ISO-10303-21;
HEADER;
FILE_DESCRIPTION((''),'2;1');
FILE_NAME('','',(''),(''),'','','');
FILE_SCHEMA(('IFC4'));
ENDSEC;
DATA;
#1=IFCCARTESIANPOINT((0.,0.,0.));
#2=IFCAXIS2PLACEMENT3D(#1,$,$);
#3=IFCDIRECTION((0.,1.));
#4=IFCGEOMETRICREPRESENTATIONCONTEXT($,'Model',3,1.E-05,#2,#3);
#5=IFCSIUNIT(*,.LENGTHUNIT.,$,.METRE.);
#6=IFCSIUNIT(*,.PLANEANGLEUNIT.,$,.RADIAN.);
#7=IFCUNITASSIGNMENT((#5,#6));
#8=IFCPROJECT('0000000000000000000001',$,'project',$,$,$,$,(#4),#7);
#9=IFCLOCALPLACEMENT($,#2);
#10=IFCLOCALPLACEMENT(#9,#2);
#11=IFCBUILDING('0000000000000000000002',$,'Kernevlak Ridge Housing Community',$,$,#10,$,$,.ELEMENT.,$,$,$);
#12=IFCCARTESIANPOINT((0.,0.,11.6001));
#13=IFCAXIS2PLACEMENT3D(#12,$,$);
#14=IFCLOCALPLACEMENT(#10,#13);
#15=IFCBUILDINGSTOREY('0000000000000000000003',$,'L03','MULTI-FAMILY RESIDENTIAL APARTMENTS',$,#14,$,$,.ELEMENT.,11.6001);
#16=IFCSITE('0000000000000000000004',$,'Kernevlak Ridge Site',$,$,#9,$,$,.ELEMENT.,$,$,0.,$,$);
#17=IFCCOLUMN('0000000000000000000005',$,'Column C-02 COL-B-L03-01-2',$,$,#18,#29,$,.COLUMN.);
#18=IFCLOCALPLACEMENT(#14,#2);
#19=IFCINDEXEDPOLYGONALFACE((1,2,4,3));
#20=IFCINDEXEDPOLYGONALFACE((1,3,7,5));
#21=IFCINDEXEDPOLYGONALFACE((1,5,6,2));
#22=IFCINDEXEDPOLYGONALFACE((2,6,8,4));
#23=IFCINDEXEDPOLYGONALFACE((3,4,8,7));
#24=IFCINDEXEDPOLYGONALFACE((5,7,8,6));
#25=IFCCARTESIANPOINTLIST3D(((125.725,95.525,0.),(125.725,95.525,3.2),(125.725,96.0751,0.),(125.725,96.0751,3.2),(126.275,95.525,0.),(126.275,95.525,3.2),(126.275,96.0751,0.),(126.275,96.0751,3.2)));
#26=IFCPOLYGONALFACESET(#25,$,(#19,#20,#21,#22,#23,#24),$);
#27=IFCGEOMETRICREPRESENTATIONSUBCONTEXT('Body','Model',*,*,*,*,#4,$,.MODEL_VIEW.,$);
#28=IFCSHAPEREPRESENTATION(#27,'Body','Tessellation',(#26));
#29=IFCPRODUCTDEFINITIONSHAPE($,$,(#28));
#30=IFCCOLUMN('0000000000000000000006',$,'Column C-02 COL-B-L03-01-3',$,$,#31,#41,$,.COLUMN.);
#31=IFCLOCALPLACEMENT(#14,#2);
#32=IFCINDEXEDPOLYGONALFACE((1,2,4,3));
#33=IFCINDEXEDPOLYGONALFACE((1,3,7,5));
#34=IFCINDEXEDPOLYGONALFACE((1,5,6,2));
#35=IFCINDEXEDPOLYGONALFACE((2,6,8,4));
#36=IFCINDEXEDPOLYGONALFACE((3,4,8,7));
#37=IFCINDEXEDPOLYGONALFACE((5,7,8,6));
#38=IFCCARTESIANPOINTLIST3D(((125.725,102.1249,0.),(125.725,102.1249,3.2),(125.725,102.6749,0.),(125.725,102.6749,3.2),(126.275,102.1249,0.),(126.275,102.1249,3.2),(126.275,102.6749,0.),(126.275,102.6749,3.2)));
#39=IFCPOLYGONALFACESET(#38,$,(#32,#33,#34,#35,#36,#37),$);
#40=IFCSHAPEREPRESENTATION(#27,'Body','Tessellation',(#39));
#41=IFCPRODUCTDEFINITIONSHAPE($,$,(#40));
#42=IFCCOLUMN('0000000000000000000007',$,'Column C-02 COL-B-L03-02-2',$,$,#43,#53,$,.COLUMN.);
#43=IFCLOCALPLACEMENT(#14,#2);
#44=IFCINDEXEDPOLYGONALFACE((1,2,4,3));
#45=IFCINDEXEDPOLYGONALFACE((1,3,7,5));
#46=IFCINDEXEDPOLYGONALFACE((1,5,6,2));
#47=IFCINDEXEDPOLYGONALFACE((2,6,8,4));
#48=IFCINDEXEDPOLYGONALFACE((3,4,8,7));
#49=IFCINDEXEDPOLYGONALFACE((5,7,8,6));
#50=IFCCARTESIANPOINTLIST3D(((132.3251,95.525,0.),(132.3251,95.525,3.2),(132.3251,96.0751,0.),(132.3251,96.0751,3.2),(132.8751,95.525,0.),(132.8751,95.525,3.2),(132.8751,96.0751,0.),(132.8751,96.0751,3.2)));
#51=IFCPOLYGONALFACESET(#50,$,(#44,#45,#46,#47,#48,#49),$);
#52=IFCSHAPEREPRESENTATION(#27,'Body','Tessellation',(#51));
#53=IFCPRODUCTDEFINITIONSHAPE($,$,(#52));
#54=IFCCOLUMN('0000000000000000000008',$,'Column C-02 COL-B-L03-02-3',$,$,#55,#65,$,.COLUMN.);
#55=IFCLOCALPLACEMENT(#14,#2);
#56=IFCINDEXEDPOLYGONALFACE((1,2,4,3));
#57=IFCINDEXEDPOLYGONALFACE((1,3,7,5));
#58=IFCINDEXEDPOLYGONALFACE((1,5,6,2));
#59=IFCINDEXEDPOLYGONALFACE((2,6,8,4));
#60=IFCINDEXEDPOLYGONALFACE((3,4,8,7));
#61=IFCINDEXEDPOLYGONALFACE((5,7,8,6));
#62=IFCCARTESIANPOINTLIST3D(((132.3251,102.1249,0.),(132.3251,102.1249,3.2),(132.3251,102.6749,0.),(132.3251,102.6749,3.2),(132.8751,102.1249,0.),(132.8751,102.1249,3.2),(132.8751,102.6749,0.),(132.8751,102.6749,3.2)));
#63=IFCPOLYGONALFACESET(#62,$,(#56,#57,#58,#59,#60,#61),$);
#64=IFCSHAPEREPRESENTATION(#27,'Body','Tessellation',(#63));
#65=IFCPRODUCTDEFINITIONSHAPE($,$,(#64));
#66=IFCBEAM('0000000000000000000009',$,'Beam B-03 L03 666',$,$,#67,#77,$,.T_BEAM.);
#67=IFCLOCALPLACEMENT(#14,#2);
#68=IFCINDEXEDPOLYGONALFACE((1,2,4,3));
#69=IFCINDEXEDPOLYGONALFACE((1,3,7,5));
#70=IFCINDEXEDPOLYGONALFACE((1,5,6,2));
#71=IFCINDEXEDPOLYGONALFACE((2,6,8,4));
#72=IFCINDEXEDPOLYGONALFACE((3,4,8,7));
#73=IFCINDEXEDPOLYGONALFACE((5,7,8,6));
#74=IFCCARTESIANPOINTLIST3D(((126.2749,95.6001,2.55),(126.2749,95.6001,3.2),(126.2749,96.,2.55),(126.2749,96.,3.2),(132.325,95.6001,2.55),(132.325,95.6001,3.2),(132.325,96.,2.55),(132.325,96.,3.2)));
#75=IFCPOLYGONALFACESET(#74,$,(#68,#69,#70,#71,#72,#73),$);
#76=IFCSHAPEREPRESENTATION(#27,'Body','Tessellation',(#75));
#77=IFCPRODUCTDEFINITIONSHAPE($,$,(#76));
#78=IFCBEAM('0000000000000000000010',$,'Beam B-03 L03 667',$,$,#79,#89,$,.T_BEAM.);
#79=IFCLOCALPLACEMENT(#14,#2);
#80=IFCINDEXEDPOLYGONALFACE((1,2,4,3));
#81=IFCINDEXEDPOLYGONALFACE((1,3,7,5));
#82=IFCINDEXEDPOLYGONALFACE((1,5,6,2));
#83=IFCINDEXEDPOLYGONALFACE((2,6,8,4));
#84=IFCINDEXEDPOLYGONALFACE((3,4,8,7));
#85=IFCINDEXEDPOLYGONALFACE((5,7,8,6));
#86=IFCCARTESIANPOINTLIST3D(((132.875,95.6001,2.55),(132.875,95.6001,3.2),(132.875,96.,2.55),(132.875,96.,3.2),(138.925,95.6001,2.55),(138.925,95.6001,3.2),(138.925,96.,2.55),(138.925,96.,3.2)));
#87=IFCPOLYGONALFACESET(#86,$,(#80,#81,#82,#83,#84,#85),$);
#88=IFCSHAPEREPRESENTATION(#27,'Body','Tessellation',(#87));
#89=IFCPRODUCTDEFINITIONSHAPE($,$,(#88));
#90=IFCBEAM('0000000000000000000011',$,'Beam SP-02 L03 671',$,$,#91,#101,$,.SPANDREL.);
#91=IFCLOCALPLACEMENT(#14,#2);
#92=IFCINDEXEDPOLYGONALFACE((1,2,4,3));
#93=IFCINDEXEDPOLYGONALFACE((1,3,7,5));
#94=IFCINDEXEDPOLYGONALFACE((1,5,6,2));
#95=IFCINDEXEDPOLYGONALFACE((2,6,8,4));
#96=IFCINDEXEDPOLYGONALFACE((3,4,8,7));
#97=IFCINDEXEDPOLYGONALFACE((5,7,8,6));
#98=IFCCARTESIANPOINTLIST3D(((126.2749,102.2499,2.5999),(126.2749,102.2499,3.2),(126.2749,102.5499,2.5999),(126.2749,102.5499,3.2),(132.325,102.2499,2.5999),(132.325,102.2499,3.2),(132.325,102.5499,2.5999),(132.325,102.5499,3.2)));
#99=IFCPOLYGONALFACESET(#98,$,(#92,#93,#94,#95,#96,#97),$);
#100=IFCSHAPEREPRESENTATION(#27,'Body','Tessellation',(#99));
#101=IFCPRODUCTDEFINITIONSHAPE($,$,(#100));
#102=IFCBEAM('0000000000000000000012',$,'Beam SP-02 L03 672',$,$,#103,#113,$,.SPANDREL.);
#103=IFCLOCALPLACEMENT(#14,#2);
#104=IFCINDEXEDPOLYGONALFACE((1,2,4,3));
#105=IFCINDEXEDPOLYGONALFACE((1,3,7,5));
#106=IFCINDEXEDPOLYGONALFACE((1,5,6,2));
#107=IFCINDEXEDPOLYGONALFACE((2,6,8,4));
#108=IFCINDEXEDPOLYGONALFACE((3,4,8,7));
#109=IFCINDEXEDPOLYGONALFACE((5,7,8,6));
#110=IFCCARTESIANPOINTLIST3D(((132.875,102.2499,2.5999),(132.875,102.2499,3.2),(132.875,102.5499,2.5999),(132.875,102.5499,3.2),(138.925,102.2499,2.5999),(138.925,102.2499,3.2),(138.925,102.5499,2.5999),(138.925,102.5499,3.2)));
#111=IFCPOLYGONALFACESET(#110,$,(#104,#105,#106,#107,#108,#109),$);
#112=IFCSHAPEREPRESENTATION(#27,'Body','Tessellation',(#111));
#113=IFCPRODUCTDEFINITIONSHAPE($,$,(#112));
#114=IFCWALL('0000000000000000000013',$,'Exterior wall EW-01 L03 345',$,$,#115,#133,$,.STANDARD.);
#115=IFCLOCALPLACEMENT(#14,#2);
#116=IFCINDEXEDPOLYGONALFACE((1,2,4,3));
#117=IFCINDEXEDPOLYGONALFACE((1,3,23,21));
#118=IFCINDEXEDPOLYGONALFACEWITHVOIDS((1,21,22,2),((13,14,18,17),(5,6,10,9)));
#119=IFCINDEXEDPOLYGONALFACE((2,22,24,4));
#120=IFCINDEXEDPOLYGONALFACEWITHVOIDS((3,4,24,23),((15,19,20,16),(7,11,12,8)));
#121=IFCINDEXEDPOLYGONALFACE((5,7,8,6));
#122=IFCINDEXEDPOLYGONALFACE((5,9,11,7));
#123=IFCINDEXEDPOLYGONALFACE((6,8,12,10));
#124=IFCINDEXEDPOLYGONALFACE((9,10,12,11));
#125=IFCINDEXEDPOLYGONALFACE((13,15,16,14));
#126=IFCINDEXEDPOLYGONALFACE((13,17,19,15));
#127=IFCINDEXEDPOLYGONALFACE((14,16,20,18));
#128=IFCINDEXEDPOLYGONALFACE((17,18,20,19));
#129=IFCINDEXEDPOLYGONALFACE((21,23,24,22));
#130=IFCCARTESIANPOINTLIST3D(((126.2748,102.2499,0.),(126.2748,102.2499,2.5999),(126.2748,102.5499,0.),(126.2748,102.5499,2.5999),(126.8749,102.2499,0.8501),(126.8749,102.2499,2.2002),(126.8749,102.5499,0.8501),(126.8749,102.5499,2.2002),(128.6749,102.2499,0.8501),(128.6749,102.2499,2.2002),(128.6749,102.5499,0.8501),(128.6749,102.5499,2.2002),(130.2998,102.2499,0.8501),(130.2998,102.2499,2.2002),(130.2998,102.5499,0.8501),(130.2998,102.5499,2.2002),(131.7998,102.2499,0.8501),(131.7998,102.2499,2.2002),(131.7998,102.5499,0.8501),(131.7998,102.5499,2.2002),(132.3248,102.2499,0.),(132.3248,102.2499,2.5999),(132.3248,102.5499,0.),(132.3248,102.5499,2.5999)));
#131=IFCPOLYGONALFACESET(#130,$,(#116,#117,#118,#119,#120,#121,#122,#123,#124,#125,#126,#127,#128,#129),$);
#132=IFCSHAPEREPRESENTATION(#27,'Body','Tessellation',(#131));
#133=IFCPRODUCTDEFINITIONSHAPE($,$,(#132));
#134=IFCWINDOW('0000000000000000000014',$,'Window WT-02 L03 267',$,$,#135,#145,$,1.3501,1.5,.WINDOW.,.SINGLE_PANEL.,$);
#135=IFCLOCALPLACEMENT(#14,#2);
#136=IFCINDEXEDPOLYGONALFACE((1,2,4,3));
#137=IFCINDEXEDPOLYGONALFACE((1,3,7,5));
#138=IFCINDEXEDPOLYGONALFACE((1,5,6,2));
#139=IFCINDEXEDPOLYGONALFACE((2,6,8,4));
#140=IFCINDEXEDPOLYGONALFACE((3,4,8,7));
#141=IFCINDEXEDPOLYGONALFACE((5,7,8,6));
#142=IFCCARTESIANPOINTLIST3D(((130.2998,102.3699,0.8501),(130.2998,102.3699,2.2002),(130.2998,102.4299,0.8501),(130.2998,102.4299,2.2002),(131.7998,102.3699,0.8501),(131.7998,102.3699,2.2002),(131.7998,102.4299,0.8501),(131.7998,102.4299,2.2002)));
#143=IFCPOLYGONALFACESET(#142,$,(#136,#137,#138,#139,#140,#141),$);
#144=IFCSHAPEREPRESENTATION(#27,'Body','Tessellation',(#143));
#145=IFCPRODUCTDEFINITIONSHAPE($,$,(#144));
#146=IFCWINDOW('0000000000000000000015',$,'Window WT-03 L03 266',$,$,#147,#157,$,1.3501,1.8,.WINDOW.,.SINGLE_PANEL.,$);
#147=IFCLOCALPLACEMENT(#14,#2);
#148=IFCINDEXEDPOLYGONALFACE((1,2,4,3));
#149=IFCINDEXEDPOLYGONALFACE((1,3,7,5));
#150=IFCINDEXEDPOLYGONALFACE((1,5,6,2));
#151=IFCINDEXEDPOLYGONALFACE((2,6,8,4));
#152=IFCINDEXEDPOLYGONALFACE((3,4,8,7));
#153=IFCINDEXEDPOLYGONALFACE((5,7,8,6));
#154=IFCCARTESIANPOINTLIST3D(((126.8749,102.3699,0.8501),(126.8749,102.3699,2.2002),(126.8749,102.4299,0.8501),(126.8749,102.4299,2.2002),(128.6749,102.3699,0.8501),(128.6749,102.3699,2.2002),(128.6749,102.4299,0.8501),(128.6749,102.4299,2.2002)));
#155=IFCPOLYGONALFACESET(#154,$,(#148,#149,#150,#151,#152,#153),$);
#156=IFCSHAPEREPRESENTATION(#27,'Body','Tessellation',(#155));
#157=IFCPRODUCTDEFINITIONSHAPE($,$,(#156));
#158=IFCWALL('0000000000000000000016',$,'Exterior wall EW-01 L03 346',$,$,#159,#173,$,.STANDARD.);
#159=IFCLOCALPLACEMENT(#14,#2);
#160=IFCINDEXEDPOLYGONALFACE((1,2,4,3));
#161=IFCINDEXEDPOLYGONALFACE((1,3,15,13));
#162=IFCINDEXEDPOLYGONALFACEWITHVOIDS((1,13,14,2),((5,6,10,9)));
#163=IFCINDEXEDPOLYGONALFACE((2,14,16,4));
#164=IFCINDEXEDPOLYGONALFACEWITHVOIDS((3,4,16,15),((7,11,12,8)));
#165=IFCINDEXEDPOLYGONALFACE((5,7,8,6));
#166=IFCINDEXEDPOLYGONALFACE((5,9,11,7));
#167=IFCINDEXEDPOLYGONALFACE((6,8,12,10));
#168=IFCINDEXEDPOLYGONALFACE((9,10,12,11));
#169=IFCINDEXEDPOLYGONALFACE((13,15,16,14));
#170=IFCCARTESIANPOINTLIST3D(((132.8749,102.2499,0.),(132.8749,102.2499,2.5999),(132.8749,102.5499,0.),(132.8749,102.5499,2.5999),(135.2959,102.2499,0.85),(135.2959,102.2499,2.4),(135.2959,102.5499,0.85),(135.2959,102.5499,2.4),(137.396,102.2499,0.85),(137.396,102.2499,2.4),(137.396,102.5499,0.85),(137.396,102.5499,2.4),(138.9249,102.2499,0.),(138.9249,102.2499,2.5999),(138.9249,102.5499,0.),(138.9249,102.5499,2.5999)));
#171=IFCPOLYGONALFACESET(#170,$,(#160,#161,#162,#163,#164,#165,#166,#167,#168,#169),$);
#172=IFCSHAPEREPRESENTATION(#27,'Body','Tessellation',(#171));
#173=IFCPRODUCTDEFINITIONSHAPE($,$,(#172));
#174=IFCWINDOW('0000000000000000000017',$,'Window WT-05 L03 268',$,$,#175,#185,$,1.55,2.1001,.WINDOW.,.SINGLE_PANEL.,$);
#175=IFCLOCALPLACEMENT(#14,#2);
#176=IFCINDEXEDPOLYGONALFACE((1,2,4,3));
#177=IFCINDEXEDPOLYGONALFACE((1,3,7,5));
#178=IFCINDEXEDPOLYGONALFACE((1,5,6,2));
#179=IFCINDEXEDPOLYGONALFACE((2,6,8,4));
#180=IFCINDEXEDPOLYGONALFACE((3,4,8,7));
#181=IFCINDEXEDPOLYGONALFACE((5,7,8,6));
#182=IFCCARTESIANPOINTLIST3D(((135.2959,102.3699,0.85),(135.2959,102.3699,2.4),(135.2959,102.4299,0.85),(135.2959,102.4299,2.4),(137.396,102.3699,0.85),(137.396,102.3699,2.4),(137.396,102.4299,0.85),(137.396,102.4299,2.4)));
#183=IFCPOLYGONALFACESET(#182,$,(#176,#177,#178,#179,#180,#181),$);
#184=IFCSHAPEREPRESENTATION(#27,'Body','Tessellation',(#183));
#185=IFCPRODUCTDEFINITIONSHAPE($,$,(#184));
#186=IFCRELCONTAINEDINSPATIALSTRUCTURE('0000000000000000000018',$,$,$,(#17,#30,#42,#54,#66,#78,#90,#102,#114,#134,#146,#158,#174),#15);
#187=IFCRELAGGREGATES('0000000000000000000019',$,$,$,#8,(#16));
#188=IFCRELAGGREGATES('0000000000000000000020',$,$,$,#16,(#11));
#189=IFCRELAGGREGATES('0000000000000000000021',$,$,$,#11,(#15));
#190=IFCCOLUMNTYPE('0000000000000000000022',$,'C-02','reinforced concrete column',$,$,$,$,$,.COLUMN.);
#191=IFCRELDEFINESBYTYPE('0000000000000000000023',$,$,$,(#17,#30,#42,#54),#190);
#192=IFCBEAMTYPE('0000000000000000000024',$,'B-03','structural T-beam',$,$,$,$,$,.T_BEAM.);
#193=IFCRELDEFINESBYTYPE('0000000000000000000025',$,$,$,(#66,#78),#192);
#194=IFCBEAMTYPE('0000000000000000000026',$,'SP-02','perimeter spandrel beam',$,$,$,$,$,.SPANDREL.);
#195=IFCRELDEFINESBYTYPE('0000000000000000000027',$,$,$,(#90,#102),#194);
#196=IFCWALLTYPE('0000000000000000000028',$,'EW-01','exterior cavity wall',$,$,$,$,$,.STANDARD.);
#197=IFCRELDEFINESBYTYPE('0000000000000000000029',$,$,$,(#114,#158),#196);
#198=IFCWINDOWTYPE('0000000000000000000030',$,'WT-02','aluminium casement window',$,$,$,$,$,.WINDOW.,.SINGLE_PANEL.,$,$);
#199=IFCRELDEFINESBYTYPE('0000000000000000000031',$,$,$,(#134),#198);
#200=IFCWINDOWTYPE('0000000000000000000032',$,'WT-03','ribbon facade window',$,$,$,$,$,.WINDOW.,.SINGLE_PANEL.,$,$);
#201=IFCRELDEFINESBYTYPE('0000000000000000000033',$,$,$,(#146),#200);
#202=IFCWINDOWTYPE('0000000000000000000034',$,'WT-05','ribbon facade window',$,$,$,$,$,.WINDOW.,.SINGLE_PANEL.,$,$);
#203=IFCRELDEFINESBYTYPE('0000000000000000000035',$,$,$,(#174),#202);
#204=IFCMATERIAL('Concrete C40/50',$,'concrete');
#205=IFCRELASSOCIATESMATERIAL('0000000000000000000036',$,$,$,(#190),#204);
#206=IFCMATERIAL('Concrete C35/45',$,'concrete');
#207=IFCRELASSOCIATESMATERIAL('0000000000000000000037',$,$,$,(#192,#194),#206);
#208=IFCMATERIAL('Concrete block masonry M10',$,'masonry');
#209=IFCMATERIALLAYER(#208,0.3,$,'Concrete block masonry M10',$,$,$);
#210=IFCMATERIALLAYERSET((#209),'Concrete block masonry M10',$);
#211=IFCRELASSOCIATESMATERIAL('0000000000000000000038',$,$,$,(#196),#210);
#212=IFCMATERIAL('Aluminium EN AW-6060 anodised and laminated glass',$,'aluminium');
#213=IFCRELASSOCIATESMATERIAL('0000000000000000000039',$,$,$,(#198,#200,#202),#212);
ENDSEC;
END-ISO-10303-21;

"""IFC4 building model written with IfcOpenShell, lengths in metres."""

from ifc_helpers import new_model, si_unit, direction, frame, frame_2d, origin, origin_2d, place, context, subcontext, project, spatial, rectangle, extrude, material, layer, layer_set, material_profile, profile_set, type_object, element, fill, save


model = new_model("IFC4")

# Units and contexts
model_context = context("Model", 3, precision=1e-05, world=origin(), true_north=direction((0.0, 1.0)))
body_context = subcontext(model_context, "Body", "Model", "MODEL_VIEW")
ifc_project = project(units=[si_unit("LENGTHUNIT", "METRE"), si_unit("PLANEANGLEUNIT", "RADIAN")], contexts=[model_context])

# Site, building, storey
site_placement = place(None, origin())
site = spatial("IfcSite", under=ifc_project, at=site_placement, Name="Kernevlak Ridge Site", CompositionType="ELEMENT", RefElevation=0.0)
building_placement = place(site_placement, origin())
building = spatial("IfcBuilding", under=site, at=building_placement, Name="Kernevlak Ridge Housing Community", CompositionType="ELEMENT")
storey_placement = place(building_placement, frame((0.0, 0.0, 11.6001)))
storey = spatial("IfcBuildingStorey", under=building, at=storey_placement, Name="L03", Description="MULTI-FAMILY RESIDENTIAL APARTMENTS", CompositionType="ELEMENT", Elevation=11.6001)

# Columns
ifc_material_1 = material(Name="Concrete C40/50", Category="concrete")
ifc_material_profile_1 = material_profile(ifc_material_1, rectangle(XDim=0.55, YDim=0.55, at=origin_2d()), Name="RC 550x550")
ifc_profile_set_1 = profile_set([ifc_material_profile_1], Name="Concrete C40/50")
column_type = type_object("IfcColumnType", Name="C-02", Description="reinforced concrete column", PredefinedType="COLUMN", material=ifc_profile_set_1)
for number, where, z_axis, x_axis, name in (
    (1, (126.0, 95.8, 0.0), (0.0, 0.0, 1.0), (1.0, 0.0, 0.0), "Column C-02 COL-B-L03-01-2"),
    (2, (126.0, 102.3999, 0.0), (0.0, 0.0, 1.0), (1.0, 0.0, 0.0), "Column C-02 COL-B-L03-01-3"),
    (3, (132.6001, 95.8, 0.0), (0.0, 0.0, 1.0), (1.0, 0.0, 0.0), "Column C-02 COL-B-L03-02-2"),
    (4, (132.6001, 102.3999, 0.0), (0.0, 0.0, 1.0), (1.0, 0.0, 0.0), "Column C-02 COL-B-L03-02-3"),
):
    element("IfcColumn", number, at=place(storey_placement, frame(where, z_axis=z_axis, x_axis=x_axis)), inside=storey, type_object=column_type, Name=name, PredefinedType="COLUMN", context=body_context, shape_type="SweptSolid", body=[
        extrude(rectangle(XDim=0.55, YDim=0.55, at=origin_2d()), origin(), (0.0, 0.0, 1.0), 3.2),
    ])

# Beams
ifc_material_2 = material(Name="Concrete C35/45", Category="concrete")
ifc_material_profile_2 = material_profile(ifc_material_2, rectangle(XDim=0.3999, YDim=0.6499, at=origin_2d()), Name="RC 400x650")
ifc_profile_set_2 = profile_set([ifc_material_profile_2], Name="Concrete C35/45")
beam_type_1 = type_object("IfcBeamType", Name="B-03", Description="structural T-beam", PredefinedType="T_BEAM", material=ifc_profile_set_2)
for number, where, z_axis, x_axis, name in (
    (5, (126.2749, 95.8, 2.875), (1.0, 0.0, 0.0), (0.0, 1.0, 0.0), "Beam B-03 L03 666"),
    (6, (132.875, 95.8, 2.875), (1.0, 0.0, 0.0), (0.0, 1.0, 0.0), "Beam B-03 L03 667"),
):
    element("IfcBeam", number, at=place(storey_placement, frame(where, z_axis=z_axis, x_axis=x_axis)), inside=storey, type_object=beam_type_1, Name=name, PredefinedType="T_BEAM", context=body_context, shape_type="SweptSolid", body=[
        extrude(rectangle(XDim=0.3999, YDim=0.6499, at=origin_2d()), origin(), (0.0, 0.0, 1.0), 6.05),
    ])
ifc_material_profile_3 = material_profile(ifc_material_2, rectangle(XDim=0.3, YDim=0.6001, at=origin_2d()), Name="RC 300x600")
ifc_profile_set_3 = profile_set([ifc_material_profile_3], Name="Concrete C35/45")
beam_type_2 = type_object("IfcBeamType", Name="SP-02", Description="perimeter spandrel beam", PredefinedType="SPANDREL", material=ifc_profile_set_3)
for number, where, z_axis, x_axis, name in (
    (7, (126.2749, 102.3999, 2.8999), (1.0, 0.0, 0.0), (0.0, 1.0, 0.0), "Beam SP-02 L03 671"),
    (8, (132.875, 102.3999, 2.8999), (1.0, 0.0, 0.0), (0.0, 1.0, 0.0), "Beam SP-02 L03 672"),
):
    element("IfcBeam", number, at=place(storey_placement, frame(where, z_axis=z_axis, x_axis=x_axis)), inside=storey, type_object=beam_type_2, Name=name, PredefinedType="SPANDREL", context=body_context, shape_type="SweptSolid", body=[
        extrude(rectangle(XDim=0.3, YDim=0.6001, at=origin_2d()), origin(), (0.0, 0.0, 1.0), 6.05),
    ])

# Wall, openings, windows
ifc_material_3 = material(Name="Concrete block masonry M10", Category="masonry")
ifc_layer_1 = layer(ifc_material_3, 0.3, Name="Concrete block masonry M10")
ifc_layer_set_1 = layer_set([ifc_layer_1], Name="Concrete block masonry M10")
wall_type_1 = type_object("IfcWallType", Name="EW-01", Description="exterior cavity wall", PredefinedType="STANDARD", material=ifc_layer_set_1)
wall_1_placement = place(storey_placement, frame((126.2749, 102.3999, 0.0), z_axis=(0.0, 0.0, 1.0), x_axis=(1.0, 0.0, 0.0)))
wall_1 = element("IfcWall", 9, at=wall_1_placement, inside=storey, type_object=wall_type_1, Name="Exterior wall EW-01 L03 345", PredefinedType="STANDARD", context=body_context, shape_type="SweptSolid", body=[
    extrude(rectangle(XDim=6.05, YDim=0.3, at=frame_2d((3.0249, 0.0))), origin(), (0.0, 0.0, 1.0), 2.5999),
])
opening_1_placement = place(wall_1_placement, frame((0.6001, 0.0, 0.8501)))
opening_1 = element("IfcOpeningElement", 10, at=opening_1_placement, cuts=wall_1, PredefinedType="OPENING", context=body_context, shape_type="SweptSolid", body=[
    extrude(rectangle(XDim=1.8, YDim=1.3501, at=frame_2d((0.8999, 0.675))), frame((0.0, 0.1599, 0.0), z_axis=(0.0, -1.0, 0.0), x_axis=(1.0, 0.0, 0.0)), (0.0, 0.0, 1.0), 0.3201),
])
opening_2_placement = place(wall_1_placement, frame((4.0249, 0.0, 0.8501)))
opening_2 = element("IfcOpeningElement", 11, at=opening_2_placement, cuts=wall_1, PredefinedType="OPENING", context=body_context, shape_type="SweptSolid", body=[
    extrude(rectangle(XDim=1.5, YDim=1.3501, at=frame_2d((0.75, 0.675))), frame((0.0, 0.1599, 0.0), z_axis=(0.0, -1.0, 0.0), x_axis=(1.0, 0.0, 0.0)), (0.0, 0.0, 1.0), 0.3201),
])
ifc_material_4 = material(Name="Aluminium EN AW-6060 anodised and laminated glass", Category="aluminium")
window_type_1 = type_object("IfcWindowType", Name="WT-02", Description="aluminium casement window", PartitioningType="SINGLE_PANEL", PredefinedType="WINDOW", material=ifc_material_4)
window_1_placement = place(opening_2_placement, origin())
window_1 = element("IfcWindow", 12, at=window_1_placement, inside=storey, type_object=window_type_1, Name="Window WT-02 L03 267", OverallHeight=1.3501, OverallWidth=1.5, PartitioningType="SINGLE_PANEL", PredefinedType="WINDOW", context=body_context, shape_type="SweptSolid", body=[
    extrude(rectangle(XDim=1.5, YDim=1.3501, at=frame_2d((0.75, 0.675))), frame((0.0, 0.03, 0.0), z_axis=(0.0, -1.0, 0.0), x_axis=(1.0, 0.0, 0.0)), (0.0, 0.0, 1.0), 0.0601),
])
fill(opening_2, window_1)
window_type_2 = type_object("IfcWindowType", Name="WT-03", Description="ribbon facade window", PartitioningType="SINGLE_PANEL", PredefinedType="WINDOW", material=ifc_material_4)
window_2_placement = place(opening_1_placement, origin())
window_2 = element("IfcWindow", 13, at=window_2_placement, inside=storey, type_object=window_type_2, Name="Window WT-03 L03 266", OverallHeight=1.3501, OverallWidth=1.8, PartitioningType="SINGLE_PANEL", PredefinedType="WINDOW", context=body_context, shape_type="SweptSolid", body=[
    extrude(rectangle(XDim=1.8, YDim=1.3501, at=frame_2d((0.8999, 0.675))), frame((0.0, 0.03, 0.0), z_axis=(0.0, -1.0, 0.0), x_axis=(1.0, 0.0, 0.0)), (0.0, 0.0, 1.0), 0.0601),
])
fill(opening_1, window_2)

# Wall, opening, window
wall_2_placement = place(storey_placement, frame((132.875, 102.3999, 0.0), z_axis=(0.0, 0.0, 1.0), x_axis=(1.0, 0.0, 0.0)))
wall_2 = element("IfcWall", 14, at=wall_2_placement, inside=storey, type_object=wall_type_1, Name="Exterior wall EW-01 L03 346", PredefinedType="STANDARD", context=body_context, shape_type="SweptSolid", body=[
    extrude(rectangle(XDim=6.05, YDim=0.3, at=frame_2d((3.0249, 0.0))), origin(), (0.0, 0.0, 1.0), 2.5999),
])
opening_3_placement = place(wall_2_placement, frame((2.4209, 0.0, 0.8501)))
opening_3 = element("IfcOpeningElement", 15, at=opening_3_placement, cuts=wall_2, PredefinedType="OPENING", context=body_context, shape_type="SweptSolid", body=[
    extrude(rectangle(XDim=2.1001, YDim=1.55, at=frame_2d((1.05, 0.7749))), frame((0.0, 0.1599, 0.0), z_axis=(0.0, -1.0, 0.0), x_axis=(1.0, 0.0, 0.0)), (0.0, 0.0, 1.0), 0.3201),
])
window_type_3 = type_object("IfcWindowType", Name="WT-05", Description="ribbon facade window", PartitioningType="SINGLE_PANEL", PredefinedType="WINDOW", material=ifc_material_4)
window_3_placement = place(opening_3_placement, origin())
window_3 = element("IfcWindow", 16, at=window_3_placement, inside=storey, type_object=window_type_3, Name="Window WT-05 L03 268", OverallHeight=1.55, OverallWidth=2.1001, PartitioningType="SINGLE_PANEL", PredefinedType="WINDOW", context=body_context, shape_type="SweptSolid", body=[
    extrude(rectangle(XDim=2.1001, YDim=1.55, at=frame_2d((1.05, 0.7749))), frame((0.0, 0.03, 0.0), z_axis=(0.0, -1.0, 0.0), x_axis=(1.0, 0.0, 0.0)), (0.0, 0.0, 1.0), 0.0601),
])
fill(opening_3, window_3)

save(model, "model.ifc")
